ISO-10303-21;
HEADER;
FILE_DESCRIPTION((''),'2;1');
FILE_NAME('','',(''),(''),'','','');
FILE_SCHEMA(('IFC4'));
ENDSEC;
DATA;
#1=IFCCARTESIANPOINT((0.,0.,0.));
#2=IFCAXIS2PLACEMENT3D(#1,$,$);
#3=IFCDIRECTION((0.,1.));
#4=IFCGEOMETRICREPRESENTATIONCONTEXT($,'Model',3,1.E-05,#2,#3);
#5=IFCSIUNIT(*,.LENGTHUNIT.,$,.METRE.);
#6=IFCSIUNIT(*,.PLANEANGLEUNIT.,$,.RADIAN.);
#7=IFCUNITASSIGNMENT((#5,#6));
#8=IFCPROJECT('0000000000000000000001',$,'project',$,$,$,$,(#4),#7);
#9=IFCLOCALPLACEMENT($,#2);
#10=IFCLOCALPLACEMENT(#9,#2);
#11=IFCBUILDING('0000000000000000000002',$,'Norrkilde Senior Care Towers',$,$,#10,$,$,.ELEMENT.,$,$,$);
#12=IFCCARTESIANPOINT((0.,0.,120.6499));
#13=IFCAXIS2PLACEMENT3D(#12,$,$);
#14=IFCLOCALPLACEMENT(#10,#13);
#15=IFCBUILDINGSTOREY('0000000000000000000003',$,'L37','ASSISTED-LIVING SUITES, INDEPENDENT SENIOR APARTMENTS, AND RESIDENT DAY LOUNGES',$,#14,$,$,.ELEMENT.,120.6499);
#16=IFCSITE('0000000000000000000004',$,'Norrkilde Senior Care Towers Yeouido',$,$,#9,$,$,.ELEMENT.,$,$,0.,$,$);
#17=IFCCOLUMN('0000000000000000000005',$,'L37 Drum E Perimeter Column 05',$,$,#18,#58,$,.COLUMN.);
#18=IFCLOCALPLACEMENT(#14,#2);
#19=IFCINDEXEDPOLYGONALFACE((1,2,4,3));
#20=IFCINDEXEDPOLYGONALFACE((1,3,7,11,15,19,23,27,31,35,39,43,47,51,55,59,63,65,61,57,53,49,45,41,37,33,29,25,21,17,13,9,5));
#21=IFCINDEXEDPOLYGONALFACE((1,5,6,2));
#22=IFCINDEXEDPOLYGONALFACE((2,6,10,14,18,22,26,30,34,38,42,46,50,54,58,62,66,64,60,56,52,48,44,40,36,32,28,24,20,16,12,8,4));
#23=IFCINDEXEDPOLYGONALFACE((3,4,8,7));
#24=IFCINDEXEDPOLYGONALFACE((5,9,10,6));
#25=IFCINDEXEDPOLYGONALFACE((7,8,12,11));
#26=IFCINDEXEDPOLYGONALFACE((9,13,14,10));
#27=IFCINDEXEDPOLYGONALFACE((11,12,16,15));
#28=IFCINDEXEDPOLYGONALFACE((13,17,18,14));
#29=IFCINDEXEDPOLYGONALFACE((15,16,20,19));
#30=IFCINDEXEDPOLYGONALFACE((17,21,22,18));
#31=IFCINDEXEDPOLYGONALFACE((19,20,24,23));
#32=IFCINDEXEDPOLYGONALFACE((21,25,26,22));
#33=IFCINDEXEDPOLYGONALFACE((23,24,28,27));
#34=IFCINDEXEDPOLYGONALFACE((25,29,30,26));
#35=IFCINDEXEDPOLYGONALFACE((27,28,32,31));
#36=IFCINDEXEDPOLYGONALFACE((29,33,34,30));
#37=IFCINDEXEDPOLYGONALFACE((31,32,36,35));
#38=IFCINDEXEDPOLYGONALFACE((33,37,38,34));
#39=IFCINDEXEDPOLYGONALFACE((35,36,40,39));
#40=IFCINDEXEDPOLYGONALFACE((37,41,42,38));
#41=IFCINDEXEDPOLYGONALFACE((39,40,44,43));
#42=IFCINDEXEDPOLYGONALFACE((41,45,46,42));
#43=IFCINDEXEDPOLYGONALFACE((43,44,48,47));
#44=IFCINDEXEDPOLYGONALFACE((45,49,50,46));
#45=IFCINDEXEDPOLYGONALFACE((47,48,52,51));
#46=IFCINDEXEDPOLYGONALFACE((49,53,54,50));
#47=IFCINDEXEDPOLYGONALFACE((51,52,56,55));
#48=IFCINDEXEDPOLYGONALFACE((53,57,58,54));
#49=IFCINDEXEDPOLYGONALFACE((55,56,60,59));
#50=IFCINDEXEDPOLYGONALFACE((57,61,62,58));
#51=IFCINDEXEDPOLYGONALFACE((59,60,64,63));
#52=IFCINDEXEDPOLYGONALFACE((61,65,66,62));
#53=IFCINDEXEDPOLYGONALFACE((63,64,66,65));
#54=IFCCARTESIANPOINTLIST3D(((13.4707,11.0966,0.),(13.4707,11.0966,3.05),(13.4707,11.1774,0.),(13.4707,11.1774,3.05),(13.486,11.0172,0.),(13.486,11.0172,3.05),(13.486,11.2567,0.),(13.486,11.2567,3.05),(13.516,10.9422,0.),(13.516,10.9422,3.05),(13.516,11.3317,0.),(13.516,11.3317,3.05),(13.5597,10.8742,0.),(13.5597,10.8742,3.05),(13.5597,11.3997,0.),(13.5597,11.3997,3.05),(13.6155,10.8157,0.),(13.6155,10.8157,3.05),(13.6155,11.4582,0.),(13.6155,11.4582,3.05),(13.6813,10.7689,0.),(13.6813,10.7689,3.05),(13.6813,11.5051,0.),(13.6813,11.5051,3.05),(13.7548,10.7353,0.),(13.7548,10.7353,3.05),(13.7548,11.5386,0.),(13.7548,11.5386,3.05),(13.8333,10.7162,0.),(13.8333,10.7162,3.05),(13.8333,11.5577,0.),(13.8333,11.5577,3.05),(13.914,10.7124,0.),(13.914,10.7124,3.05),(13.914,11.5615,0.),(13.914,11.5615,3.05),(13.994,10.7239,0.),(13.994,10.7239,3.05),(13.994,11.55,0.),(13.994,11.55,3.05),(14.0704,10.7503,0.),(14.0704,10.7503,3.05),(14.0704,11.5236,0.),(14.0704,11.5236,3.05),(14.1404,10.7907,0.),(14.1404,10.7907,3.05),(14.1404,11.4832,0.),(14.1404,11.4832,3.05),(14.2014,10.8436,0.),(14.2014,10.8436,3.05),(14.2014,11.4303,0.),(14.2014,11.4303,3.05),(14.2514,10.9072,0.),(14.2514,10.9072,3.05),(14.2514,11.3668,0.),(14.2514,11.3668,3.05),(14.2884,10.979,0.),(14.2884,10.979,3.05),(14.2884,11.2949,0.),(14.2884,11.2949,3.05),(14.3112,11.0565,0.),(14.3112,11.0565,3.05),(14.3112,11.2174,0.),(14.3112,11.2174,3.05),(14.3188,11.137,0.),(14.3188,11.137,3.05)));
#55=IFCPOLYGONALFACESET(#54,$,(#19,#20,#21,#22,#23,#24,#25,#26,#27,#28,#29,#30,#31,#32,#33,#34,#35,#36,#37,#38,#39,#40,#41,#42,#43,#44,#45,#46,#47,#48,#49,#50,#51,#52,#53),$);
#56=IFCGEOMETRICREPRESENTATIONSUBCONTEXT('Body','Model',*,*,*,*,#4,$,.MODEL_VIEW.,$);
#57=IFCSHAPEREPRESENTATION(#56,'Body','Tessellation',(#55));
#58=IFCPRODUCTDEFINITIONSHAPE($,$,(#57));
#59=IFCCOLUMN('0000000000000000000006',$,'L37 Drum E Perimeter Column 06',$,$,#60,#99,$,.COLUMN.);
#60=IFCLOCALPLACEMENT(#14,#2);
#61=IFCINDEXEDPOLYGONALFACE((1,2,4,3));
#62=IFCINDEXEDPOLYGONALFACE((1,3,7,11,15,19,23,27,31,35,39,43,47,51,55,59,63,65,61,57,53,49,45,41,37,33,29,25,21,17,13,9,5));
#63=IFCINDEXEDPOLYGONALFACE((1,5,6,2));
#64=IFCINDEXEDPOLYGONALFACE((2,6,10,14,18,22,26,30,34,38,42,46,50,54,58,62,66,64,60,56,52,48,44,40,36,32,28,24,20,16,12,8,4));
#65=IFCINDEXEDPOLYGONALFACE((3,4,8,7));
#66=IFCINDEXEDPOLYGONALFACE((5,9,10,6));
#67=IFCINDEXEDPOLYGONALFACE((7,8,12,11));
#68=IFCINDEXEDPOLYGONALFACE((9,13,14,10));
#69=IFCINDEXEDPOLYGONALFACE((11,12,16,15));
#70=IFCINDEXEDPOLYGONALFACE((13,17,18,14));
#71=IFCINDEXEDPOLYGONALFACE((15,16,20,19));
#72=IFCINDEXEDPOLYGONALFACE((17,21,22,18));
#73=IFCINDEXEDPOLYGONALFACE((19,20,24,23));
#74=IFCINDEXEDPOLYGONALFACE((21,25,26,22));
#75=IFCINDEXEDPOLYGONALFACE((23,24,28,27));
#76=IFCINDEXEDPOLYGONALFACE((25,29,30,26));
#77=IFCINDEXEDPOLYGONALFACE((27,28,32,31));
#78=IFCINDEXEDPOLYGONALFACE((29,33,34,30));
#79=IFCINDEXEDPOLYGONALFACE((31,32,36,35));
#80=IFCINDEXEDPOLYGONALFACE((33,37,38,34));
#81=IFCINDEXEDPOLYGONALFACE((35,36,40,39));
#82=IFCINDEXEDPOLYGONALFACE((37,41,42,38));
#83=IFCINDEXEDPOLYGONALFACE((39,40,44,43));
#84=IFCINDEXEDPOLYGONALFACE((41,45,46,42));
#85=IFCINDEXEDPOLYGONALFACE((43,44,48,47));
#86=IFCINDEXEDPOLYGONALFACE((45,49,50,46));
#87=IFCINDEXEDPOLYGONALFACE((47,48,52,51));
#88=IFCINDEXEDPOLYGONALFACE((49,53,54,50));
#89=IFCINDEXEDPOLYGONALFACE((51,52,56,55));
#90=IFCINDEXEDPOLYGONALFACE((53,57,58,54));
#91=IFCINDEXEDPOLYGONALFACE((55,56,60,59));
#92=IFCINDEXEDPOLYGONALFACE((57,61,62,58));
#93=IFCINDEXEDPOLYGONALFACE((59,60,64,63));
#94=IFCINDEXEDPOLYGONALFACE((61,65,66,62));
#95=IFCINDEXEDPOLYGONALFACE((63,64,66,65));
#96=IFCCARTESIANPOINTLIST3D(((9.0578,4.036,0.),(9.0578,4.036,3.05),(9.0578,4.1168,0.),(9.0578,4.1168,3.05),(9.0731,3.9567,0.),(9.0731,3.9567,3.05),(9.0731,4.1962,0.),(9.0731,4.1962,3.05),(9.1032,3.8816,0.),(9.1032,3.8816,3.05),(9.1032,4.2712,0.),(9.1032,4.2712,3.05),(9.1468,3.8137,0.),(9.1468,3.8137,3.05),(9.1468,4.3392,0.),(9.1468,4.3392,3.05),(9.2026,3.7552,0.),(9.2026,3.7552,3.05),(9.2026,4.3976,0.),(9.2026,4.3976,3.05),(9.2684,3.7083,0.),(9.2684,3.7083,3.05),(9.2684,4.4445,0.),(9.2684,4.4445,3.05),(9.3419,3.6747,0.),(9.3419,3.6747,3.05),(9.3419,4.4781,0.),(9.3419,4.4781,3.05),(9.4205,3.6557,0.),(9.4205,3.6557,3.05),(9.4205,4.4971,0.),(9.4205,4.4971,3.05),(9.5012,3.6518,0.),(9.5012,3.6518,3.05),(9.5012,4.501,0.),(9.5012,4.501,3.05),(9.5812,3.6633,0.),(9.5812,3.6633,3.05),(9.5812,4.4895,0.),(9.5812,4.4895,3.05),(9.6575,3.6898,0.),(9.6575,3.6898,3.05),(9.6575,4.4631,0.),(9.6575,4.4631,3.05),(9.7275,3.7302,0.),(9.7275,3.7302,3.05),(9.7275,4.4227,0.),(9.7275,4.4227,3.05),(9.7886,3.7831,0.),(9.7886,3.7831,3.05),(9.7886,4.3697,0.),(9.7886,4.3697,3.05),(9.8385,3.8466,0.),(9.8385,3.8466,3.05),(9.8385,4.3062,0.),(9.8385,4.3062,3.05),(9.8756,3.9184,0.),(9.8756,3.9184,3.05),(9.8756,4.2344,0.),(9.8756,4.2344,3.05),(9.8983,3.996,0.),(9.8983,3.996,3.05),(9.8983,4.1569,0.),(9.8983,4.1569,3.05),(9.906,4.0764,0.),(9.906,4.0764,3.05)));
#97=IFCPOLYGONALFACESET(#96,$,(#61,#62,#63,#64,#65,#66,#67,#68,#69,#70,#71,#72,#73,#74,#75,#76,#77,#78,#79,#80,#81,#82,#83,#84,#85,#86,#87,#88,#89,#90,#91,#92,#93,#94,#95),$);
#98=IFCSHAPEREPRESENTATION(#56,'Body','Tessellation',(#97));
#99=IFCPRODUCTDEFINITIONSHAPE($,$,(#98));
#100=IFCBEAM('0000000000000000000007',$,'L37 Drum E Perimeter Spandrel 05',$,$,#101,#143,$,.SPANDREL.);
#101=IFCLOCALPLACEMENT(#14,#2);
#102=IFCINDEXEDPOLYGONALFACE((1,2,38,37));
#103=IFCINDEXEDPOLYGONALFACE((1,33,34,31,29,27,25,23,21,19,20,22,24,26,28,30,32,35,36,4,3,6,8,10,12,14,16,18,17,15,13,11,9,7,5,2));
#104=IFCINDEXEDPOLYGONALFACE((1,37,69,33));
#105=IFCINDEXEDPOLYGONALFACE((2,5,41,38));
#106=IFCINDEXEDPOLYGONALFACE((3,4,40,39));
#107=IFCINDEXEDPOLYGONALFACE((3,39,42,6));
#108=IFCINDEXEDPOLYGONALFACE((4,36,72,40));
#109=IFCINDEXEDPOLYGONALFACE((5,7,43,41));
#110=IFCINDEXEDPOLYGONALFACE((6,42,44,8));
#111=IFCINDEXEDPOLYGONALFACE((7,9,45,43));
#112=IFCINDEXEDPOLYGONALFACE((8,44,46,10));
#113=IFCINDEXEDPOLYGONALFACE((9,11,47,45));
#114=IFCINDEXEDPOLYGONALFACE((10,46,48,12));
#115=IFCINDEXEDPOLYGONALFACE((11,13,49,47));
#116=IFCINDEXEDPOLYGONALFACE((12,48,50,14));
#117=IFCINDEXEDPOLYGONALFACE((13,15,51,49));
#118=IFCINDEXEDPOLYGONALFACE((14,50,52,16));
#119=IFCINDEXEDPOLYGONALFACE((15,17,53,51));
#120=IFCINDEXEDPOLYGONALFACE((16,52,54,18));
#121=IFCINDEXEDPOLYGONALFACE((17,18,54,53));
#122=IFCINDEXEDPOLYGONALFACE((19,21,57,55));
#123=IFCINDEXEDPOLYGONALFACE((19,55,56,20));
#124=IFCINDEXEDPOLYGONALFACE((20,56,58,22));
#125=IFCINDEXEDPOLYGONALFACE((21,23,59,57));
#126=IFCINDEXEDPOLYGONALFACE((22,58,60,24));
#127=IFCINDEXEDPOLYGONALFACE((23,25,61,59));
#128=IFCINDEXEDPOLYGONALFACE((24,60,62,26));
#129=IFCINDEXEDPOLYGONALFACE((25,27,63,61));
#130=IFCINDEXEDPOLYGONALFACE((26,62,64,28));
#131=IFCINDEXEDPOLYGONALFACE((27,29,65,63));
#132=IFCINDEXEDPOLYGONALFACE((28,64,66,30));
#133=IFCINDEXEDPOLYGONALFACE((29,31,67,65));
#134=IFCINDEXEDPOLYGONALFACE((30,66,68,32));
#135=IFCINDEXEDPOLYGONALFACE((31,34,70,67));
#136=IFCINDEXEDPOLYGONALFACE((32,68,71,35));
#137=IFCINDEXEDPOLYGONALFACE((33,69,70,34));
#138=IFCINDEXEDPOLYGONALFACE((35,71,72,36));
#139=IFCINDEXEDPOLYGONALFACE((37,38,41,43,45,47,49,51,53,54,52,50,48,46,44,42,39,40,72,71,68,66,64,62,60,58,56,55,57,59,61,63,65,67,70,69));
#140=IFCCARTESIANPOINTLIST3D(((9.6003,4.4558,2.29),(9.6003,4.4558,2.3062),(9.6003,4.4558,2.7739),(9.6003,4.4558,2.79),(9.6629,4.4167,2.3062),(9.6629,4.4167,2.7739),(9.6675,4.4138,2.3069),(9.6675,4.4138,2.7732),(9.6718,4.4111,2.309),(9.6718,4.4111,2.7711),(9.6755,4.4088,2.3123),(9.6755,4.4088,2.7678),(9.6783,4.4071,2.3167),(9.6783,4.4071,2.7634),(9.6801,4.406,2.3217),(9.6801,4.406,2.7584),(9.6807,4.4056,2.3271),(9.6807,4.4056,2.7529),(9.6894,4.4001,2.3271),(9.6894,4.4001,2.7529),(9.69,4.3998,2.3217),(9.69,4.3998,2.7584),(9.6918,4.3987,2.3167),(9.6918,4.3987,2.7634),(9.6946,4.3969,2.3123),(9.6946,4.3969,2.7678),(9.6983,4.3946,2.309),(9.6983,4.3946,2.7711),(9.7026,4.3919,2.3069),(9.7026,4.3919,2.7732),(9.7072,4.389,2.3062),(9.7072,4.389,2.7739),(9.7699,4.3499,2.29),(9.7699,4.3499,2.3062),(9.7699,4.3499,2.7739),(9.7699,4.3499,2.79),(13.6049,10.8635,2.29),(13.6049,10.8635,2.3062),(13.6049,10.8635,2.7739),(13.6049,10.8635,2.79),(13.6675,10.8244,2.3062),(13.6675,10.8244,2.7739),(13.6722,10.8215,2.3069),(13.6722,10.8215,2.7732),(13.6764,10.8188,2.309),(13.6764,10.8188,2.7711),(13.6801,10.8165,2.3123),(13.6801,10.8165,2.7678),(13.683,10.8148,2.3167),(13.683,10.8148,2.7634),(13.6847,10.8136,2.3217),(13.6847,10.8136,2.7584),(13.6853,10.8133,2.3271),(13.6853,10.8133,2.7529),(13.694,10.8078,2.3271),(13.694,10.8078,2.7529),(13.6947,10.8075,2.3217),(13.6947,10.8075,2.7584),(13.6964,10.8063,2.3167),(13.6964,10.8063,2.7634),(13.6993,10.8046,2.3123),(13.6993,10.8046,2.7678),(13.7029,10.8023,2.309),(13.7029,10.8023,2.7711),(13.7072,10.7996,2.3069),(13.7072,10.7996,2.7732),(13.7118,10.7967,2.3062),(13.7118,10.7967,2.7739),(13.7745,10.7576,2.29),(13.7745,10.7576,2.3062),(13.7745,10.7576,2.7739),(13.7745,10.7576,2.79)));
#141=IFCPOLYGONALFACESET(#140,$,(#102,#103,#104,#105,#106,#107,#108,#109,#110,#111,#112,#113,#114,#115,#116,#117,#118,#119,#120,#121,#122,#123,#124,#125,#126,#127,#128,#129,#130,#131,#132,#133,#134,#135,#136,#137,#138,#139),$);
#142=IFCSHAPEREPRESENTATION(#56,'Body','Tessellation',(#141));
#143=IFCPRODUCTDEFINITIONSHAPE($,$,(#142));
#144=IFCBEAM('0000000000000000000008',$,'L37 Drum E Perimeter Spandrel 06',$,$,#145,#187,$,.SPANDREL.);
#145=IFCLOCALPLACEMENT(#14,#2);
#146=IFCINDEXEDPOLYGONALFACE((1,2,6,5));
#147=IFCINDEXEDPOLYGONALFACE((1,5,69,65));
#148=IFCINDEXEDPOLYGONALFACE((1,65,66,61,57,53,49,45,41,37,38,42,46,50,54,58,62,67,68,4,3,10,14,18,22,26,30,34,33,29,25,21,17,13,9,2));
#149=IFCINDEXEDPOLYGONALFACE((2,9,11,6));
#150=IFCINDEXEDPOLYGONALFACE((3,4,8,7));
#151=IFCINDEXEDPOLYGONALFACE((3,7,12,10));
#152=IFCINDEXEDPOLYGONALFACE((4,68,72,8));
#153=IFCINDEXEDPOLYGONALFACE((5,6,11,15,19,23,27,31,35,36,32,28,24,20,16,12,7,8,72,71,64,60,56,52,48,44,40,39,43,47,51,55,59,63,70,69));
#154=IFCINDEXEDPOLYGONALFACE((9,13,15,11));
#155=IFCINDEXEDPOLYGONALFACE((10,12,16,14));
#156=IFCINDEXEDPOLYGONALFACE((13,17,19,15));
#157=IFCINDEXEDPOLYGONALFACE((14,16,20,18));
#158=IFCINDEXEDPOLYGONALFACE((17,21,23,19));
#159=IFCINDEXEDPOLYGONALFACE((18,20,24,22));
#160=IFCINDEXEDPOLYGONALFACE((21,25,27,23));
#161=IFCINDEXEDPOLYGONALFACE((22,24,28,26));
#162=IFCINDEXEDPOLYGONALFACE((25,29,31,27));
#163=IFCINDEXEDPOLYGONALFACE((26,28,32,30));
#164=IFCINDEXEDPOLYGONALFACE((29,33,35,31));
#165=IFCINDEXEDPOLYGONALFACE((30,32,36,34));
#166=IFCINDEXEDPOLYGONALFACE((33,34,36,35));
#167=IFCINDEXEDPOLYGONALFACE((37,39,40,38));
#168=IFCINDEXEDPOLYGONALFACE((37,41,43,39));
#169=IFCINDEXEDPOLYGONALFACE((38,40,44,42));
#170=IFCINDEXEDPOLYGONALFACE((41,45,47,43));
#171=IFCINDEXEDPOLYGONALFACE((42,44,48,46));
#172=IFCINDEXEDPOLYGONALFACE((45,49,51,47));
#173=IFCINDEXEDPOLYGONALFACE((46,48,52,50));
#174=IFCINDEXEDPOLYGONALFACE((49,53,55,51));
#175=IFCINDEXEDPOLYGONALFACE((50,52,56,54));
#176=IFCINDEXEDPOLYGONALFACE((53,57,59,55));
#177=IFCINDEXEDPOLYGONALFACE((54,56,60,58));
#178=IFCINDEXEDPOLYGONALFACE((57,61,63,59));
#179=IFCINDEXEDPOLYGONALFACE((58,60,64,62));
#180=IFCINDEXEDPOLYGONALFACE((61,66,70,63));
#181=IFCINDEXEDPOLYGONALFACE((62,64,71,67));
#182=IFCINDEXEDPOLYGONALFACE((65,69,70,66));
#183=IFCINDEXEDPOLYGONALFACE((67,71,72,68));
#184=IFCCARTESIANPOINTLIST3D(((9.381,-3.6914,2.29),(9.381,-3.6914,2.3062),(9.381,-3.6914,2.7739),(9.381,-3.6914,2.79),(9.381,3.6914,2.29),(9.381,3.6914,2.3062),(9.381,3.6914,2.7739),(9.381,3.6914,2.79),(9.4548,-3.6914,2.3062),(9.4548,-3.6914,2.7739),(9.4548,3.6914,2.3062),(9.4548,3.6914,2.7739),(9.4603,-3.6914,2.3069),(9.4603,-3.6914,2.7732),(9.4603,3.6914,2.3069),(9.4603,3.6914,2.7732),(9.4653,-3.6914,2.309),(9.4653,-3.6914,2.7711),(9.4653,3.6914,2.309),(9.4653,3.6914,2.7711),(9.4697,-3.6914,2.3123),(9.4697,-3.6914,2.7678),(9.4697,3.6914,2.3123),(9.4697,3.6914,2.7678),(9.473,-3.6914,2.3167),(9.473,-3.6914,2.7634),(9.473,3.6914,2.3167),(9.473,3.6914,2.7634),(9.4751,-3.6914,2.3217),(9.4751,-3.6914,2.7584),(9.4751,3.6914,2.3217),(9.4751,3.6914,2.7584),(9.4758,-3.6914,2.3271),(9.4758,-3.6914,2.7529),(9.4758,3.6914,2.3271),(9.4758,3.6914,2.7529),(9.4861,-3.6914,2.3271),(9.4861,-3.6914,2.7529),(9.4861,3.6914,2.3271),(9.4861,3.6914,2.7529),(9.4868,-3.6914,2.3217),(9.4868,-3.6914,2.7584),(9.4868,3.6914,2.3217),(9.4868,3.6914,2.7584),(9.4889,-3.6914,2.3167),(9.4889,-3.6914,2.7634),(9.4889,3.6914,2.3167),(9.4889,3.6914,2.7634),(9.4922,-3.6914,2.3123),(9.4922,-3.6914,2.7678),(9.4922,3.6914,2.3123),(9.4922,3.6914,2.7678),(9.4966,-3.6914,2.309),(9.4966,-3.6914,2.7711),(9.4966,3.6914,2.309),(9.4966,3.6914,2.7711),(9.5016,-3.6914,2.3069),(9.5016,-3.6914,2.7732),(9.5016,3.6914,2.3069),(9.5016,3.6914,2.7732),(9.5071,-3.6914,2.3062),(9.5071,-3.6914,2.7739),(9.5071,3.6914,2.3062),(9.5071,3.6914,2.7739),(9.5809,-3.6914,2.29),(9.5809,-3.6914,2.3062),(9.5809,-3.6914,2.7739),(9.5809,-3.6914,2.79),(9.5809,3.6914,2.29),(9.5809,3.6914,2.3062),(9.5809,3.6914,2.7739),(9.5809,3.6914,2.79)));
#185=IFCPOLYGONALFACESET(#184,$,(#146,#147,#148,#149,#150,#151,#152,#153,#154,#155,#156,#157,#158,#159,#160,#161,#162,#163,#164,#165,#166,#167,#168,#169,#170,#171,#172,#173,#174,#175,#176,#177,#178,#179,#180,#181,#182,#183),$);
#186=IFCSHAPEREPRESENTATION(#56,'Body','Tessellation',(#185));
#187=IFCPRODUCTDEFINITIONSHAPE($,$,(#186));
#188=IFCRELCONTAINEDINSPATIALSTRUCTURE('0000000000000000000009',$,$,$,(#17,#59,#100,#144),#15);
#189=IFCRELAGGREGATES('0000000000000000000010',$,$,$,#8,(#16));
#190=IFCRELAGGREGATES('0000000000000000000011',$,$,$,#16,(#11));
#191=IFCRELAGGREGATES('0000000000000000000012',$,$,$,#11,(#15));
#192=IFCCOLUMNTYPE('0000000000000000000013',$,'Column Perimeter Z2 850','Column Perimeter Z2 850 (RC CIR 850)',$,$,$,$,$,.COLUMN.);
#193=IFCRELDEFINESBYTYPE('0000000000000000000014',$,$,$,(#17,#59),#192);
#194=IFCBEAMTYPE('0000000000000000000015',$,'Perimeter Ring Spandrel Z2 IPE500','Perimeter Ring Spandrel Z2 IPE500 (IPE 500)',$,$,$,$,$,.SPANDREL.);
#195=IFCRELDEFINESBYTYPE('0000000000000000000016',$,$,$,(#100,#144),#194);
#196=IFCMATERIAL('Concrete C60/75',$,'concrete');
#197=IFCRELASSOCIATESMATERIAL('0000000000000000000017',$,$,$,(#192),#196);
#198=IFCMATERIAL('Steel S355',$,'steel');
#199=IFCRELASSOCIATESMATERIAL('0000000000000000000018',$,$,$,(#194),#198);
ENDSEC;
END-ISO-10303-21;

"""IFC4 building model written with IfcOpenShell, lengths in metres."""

from ifc_helpers import new_model, si_unit, direction, frame, origin, origin_2d, place, context, subcontext, project, spatial, circle, i_section, extrude, source, transform, mapped, material, material_profile, profile_set, type_object, type_shapes, element, save


model = new_model("IFC4")

# Units and contexts
model_context = context("Model", 3, precision=1e-05, world=origin(), true_north=direction((0.0, 1.0)))
body_context = subcontext(model_context, "Body", "Model", "MODEL_VIEW")
ifc_project = project(units=[si_unit("LENGTHUNIT", "METRE"), si_unit("PLANEANGLEUNIT", "RADIAN")], contexts=[model_context])

# Site, building, storey
site_placement = place(None, origin())
site = spatial("IfcSite", under=ifc_project, at=site_placement, Name="Norrkilde Senior Care Towers Yeouido", CompositionType="ELEMENT", RefElevation=0.0)
building_placement = place(site_placement, origin())
building = spatial("IfcBuilding", under=site, at=building_placement, Name="Norrkilde Senior Care Towers", CompositionType="ELEMENT")
storey_placement = place(building_placement, frame((0.0, 0.0, 120.6499)))
storey = spatial("IfcBuildingStorey", under=building, at=storey_placement, Name="L37", Description="ASSISTED-LIVING SUITES, INDEPENDENT SENIOR APARTMENTS, AND RESIDENT DAY LOUNGES", CompositionType="ELEMENT", Elevation=120.6499)

# Columns
ifc_material_1 = material(Name="Concrete C60/75", Category="concrete")
ifc_material_profile_1 = material_profile(ifc_material_1, circle(Radius=0.425, at=origin_2d()), Name="RC CIR 850")
ifc_profile_set_1 = profile_set([ifc_material_profile_1], Name="Concrete C60/75")
column_type = type_object("IfcColumnType", Name="Column Perimeter Z2 850", Description="Column Perimeter Z2 850 (RC CIR 850)", PredefinedType="COLUMN", material=ifc_profile_set_1)
shared_shape_1 = source(origin(), body_context, "Body", "SweptSolid", [
    extrude(circle(Radius=0.425, at=origin_2d()), origin(), (0.0, 0.0, 1.0), 3.05),
])
type_shapes(column_type, [shared_shape_1])
for number, where, z_axis, x_axis, name in (
    (1, (13.8938, 11.137, 0.0), (0.0, 0.0, 1.0), (1.0, 0.0, 0.0), "L37 Drum E Perimeter Column 05"),
    (2, (9.481, 4.0764, 0.0), (0.0, 0.0, 1.0), (1.0, 0.0, 0.0), "L37 Drum E Perimeter Column 06"),
):
    element("IfcColumn", number, at=place(storey_placement, frame(where, z_axis=z_axis, x_axis=x_axis)), inside=storey, type_object=column_type, Name=name, PredefinedType="COLUMN", context=body_context, shape_type="MappedRepresentation", body=[
        mapped(shared_shape_1, transform((0.0, 0.0, 0.0), x_axis=(1.0, 0.0, 0.0), y_axis=(0.0, 1.0, 0.0), z_axis=(0.0, 0.0, 1.0), scale=1.0)),
    ])

# Beams
ifc_material_2 = material(Name="Steel S355", Category="steel")
ifc_material_profile_2 = material_profile(ifc_material_2, i_section(OverallWidth=0.2, OverallDepth=0.5, WebThickness=0.0103, FlangeThickness=0.0161, FilletRadius=0.021, at=origin_2d()), Name="IPE 500")
ifc_profile_set_2 = profile_set([ifc_material_profile_2], Name="Steel S355")
beam_type = type_object("IfcBeamType", Name="Perimeter Ring Spandrel Z2 IPE500", Description="Perimeter Ring Spandrel Z2 IPE500 (IPE 500)", PredefinedType="SPANDREL", material=ifc_profile_set_2)
shared_shape_2 = source(origin(), body_context, "Body", "SweptSolid", [
    extrude(i_section(OverallWidth=0.2, OverallDepth=0.5, WebThickness=0.0103, FlangeThickness=0.0161, FilletRadius=0.021, at=origin_2d()), origin(), (0.0, 0.0, 1.0), 7.5562),
])
beam_1_placement = place(storey_placement, frame((13.6897, 10.8105, 2.54), z_axis=(-0.529982, -0.848009, 0.0), x_axis=(0.848009, -0.529982, 0.0)))
element("IfcBeam", 3, at=beam_1_placement, inside=storey, type_object=beam_type, Name="L37 Drum E Perimeter Spandrel 05", PredefinedType="SPANDREL", context=body_context, shape_type="MappedRepresentation", body=[
    mapped(shared_shape_2, transform((0.0, 0.0, 0.0), x_axis=(1.0, 0.0, 0.0), y_axis=(0.0, 1.0, 0.0), z_axis=(0.0, 0.0, 1.0), scale=1.0)),
])
shared_shape_3 = source(origin(), body_context, "Body", "SweptSolid", [
    extrude(i_section(OverallWidth=0.2, OverallDepth=0.5, WebThickness=0.0103, FlangeThickness=0.0161, FilletRadius=0.021, at=origin_2d()), origin(), (0.0, 0.0, 1.0), 7.3828),
])
type_shapes(beam_type, [shared_shape_2, shared_shape_3])
beam_2_placement = place(storey_placement, frame((9.481, 3.6914, 2.54), z_axis=(0.0, -1.0, 0.0), x_axis=(1.0, 0.0, 0.0)))
element("IfcBeam", 4, at=beam_2_placement, inside=storey, type_object=beam_type, Name="L37 Drum E Perimeter Spandrel 06", PredefinedType="SPANDREL", context=body_context, shape_type="MappedRepresentation", body=[
    mapped(shared_shape_3, transform((0.0, 0.0, 0.0), x_axis=(1.0, 0.0, 0.0), y_axis=(0.0, 1.0, 0.0), z_axis=(0.0, 0.0, 1.0), scale=1.0)),
])

save(model, "model.ifc")
